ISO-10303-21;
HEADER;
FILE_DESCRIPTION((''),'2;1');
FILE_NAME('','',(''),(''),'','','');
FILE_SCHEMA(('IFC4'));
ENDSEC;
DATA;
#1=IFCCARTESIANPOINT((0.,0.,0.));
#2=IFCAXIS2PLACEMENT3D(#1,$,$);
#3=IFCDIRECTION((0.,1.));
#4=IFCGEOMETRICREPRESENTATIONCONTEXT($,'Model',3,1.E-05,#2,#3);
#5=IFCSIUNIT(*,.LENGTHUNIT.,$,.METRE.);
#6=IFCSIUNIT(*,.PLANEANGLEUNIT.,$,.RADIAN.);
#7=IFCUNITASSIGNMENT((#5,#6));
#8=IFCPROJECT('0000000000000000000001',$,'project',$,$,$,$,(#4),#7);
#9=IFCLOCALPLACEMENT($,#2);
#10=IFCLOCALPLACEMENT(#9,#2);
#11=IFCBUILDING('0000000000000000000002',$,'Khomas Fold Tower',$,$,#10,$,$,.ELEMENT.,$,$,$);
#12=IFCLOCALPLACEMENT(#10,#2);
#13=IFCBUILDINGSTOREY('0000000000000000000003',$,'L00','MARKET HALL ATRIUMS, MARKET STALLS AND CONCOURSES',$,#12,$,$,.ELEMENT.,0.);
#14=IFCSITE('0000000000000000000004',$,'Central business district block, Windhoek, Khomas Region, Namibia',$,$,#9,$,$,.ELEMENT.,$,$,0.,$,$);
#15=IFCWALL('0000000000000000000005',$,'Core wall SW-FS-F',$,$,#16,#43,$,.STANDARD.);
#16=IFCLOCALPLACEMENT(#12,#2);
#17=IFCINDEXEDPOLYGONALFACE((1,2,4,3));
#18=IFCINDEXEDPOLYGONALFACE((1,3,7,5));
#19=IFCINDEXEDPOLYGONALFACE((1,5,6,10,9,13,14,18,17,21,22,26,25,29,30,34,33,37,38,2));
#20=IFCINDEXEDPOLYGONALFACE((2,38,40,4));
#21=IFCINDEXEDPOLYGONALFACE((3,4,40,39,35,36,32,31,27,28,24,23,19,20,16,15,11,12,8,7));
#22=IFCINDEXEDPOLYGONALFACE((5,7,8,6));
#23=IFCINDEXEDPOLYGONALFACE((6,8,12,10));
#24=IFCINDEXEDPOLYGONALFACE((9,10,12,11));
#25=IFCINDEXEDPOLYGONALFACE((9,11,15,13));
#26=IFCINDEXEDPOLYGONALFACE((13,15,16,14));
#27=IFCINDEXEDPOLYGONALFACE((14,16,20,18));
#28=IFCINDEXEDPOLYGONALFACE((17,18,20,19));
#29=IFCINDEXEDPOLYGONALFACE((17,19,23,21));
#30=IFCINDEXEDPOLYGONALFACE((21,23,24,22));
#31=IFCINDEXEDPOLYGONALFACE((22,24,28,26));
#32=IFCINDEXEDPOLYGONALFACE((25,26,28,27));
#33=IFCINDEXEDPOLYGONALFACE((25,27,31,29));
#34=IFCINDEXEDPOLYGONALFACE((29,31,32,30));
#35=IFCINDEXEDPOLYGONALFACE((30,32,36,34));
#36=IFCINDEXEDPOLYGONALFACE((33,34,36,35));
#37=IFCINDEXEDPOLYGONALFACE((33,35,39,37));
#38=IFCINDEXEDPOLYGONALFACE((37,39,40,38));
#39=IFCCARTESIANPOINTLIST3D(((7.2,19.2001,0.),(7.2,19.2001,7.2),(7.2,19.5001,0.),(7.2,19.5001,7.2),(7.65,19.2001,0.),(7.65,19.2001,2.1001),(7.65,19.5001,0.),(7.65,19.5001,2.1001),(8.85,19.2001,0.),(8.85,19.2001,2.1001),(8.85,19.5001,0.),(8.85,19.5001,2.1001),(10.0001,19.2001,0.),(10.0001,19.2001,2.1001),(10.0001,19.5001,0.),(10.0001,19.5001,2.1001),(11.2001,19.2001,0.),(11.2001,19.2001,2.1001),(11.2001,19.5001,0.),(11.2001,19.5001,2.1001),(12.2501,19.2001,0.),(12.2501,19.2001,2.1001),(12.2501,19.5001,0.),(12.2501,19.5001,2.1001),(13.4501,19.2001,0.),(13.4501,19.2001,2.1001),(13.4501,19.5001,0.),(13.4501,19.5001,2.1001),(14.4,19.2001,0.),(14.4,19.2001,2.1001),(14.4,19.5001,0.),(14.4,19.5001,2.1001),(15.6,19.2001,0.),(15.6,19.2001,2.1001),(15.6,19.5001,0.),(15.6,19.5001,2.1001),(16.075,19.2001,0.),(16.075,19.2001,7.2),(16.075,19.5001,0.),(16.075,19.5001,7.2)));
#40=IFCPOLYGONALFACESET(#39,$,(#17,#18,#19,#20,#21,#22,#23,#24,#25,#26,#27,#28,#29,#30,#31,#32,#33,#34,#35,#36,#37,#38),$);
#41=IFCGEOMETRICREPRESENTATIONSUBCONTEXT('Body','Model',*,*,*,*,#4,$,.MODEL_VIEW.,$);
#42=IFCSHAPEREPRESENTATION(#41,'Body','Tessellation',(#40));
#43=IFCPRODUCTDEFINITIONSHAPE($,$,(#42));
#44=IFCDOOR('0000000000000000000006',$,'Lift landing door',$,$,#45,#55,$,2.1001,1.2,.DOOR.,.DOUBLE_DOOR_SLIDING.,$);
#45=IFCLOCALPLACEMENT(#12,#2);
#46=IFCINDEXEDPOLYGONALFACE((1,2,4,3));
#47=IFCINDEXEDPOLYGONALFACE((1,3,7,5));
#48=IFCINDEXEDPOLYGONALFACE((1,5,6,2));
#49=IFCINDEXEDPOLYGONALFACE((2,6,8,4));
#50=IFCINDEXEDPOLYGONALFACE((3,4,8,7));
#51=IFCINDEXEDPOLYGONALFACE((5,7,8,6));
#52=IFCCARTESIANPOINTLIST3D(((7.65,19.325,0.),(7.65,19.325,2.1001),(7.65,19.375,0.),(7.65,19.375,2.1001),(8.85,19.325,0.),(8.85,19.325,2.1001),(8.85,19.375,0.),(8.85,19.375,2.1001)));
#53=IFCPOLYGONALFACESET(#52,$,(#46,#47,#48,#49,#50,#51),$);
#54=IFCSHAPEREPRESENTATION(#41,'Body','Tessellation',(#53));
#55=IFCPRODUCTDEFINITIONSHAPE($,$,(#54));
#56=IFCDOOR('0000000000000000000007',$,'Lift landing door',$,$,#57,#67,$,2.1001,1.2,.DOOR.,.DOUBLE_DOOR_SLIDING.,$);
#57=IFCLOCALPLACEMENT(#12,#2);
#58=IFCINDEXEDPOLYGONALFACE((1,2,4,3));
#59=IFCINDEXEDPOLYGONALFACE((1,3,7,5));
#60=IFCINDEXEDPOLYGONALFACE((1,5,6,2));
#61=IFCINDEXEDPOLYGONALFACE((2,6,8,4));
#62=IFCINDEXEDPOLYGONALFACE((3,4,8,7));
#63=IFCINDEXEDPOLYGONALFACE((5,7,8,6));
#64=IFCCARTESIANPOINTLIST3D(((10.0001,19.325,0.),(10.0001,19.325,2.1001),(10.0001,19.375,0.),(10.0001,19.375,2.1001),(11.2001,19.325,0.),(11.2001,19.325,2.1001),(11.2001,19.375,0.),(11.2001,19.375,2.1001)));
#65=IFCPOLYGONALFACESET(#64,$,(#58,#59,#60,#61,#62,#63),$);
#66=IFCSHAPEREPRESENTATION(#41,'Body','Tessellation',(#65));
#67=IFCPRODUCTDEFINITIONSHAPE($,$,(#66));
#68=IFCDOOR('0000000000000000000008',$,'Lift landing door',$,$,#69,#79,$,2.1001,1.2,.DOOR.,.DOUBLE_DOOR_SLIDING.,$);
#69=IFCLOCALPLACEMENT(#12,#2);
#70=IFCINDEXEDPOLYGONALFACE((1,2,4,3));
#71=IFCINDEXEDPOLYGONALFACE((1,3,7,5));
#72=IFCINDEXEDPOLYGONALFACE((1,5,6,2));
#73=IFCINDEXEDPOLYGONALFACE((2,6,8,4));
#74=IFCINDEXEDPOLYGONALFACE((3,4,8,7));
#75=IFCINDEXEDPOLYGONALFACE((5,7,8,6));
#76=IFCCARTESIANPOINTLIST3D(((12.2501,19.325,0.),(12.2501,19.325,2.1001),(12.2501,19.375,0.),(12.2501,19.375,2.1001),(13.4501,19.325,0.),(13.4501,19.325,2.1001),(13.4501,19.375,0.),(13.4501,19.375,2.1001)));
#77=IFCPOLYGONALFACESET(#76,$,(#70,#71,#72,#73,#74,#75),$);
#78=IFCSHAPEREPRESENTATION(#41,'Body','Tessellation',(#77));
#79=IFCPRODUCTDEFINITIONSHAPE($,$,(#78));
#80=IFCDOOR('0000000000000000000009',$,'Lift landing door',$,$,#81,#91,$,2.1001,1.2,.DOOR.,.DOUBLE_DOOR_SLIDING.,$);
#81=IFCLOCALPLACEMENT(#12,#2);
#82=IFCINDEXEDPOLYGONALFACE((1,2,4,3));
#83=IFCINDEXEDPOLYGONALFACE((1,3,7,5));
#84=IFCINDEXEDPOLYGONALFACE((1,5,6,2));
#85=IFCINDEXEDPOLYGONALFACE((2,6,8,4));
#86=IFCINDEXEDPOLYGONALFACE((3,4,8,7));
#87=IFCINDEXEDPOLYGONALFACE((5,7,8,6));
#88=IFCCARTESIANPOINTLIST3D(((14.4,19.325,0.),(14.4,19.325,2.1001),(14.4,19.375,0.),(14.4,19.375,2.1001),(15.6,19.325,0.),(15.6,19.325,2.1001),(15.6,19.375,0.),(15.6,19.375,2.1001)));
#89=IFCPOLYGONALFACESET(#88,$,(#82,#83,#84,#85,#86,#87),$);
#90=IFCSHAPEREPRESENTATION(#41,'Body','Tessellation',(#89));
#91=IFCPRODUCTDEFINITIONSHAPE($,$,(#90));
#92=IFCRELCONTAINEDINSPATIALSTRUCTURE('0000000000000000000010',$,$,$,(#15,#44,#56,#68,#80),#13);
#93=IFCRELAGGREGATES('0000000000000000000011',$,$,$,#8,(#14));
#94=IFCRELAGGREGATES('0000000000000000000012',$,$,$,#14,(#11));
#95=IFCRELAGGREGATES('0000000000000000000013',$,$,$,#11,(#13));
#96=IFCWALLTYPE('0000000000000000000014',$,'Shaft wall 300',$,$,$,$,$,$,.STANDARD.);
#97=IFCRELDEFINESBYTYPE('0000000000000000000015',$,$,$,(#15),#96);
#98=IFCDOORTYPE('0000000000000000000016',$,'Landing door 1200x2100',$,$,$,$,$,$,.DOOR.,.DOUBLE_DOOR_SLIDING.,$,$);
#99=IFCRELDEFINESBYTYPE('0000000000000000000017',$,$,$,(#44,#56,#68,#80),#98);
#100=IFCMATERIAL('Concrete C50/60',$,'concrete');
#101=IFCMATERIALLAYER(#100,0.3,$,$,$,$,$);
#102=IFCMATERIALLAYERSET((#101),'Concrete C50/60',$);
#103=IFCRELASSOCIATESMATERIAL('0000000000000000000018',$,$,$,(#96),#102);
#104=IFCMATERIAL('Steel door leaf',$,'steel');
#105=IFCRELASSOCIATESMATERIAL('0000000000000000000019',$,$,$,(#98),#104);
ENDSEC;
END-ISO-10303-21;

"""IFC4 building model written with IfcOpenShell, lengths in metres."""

from ifc_helpers import new_model, si_unit, direction, frame, frame_2d, origin, place, context, subcontext, project, spatial, rectangle, extrude, source, transform, mapped, material, layer, layer_set, type_object, element, fill, save


model = new_model("IFC4")

# Units and contexts
model_context = context("Model", 3, precision=1e-05, world=origin(), true_north=direction((0.0, 1.0)))
body_context = subcontext(model_context, "Body", "Model", "MODEL_VIEW")
ifc_project = project(units=[si_unit("LENGTHUNIT", "METRE"), si_unit("PLANEANGLEUNIT", "RADIAN")], contexts=[model_context])

# Site, building, storey
site_placement = place(None, origin())
site = spatial("IfcSite", under=ifc_project, at=site_placement, Name="Central business district block, Windhoek, Khomas Region, Namibia", CompositionType="ELEMENT", RefElevation=0.0)
building_placement = place(site_placement, origin())
building = spatial("IfcBuilding", under=site, at=building_placement, Name="Khomas Fold Tower", CompositionType="ELEMENT")
storey_placement = place(building_placement, origin())
storey = spatial("IfcBuildingStorey", under=building, at=storey_placement, Name="L00", Description="MARKET HALL ATRIUMS, MARKET STALLS AND CONCOURSES", CompositionType="ELEMENT", Elevation=0.0)

# Wall, openings, doors
ifc_material_1 = material(Name="Concrete C50/60", Category="concrete")
ifc_layer_1 = layer(ifc_material_1, 0.3)
ifc_layer_set_1 = layer_set([ifc_layer_1], Name="Concrete C50/60")
wall_type_1 = type_object("IfcWallType", Name="Shaft wall 300", PredefinedType="STANDARD", material=ifc_layer_set_1)
shared_shape_1 = source(origin(), body_context, "Body", "SweptSolid", [
    extrude(rectangle(XDim=8.875, YDim=0.3, at=frame_2d((4.4375, 0.0))), origin(), (0.0, 0.0, 1.0), 7.2),
])
wall_1_placement = place(storey_placement, frame((7.2, 19.3501, 0.0), z_axis=(0.0, 0.0, 1.0), x_axis=(1.0, 0.0, 0.0)))
wall_1 = element("IfcWall", 1, at=wall_1_placement, inside=storey, type_object=wall_type_1, Name="Core wall SW-FS-F", PredefinedType="STANDARD", context=body_context, shape_type="MappedRepresentation", body=[
    mapped(shared_shape_1, transform((0.0, 0.0, 0.0))),
])
shared_shape_2 = source(origin(), body_context, "Body", "SweptSolid", [
    extrude(rectangle(XDim=1.2, YDim=2.1001, at=frame_2d((0.6001, 1.05))), frame((0.0, 0.1599, 0.0), z_axis=(0.0, -1.0, 0.0), x_axis=(1.0, 0.0, 0.0)), (0.0, 0.0, 1.0), 0.3201),
])
opening_1_placement = place(wall_1_placement, frame((0.45, 0.0, 0.0)))
opening_1 = element("IfcOpeningElement", 2, at=opening_1_placement, cuts=wall_1, PredefinedType="OPENING", context=body_context, shape_type="MappedRepresentation", body=[
    mapped(shared_shape_2, transform((0.0, 0.0, 0.0))),
])
opening_2_placement = place(wall_1_placement, frame((2.8, 0.0, 0.0)))
opening_2 = element("IfcOpeningElement", 3, at=opening_2_placement, cuts=wall_1, PredefinedType="OPENING", context=body_context, shape_type="MappedRepresentation", body=[
    mapped(shared_shape_2, transform((0.0, 0.0, 0.0))),
])
opening_3_placement = place(wall_1_placement, frame((5.05, 0.0, 0.0)))
opening_3 = element("IfcOpeningElement", 4, at=opening_3_placement, cuts=wall_1, PredefinedType="OPENING", context=body_context, shape_type="MappedRepresentation", body=[
    mapped(shared_shape_2, transform((0.0, 0.0, 0.0))),
])
opening_4_placement = place(wall_1_placement, frame((7.2, 0.0, 0.0)))
opening_4 = element("IfcOpeningElement", 5, at=opening_4_placement, cuts=wall_1, PredefinedType="OPENING", context=body_context, shape_type="MappedRepresentation", body=[
    mapped(shared_shape_2, transform((0.0, 0.0, 0.0))),
])
ifc_material_2 = material(Name="Steel door leaf", Category="steel")
door_type_1 = type_object("IfcDoorType", Name="Landing door 1200x2100", OperationType="DOUBLE_DOOR_SLIDING", PredefinedType="DOOR", material=ifc_material_2)
shared_shape_3 = source(origin(), body_context, "Body", "SweptSolid", [
    extrude(rectangle(XDim=1.2, YDim=2.1001, at=frame_2d((0.6001, 1.05))), frame((0.0, 0.0249, 0.0), z_axis=(0.0, -1.0, 0.0), x_axis=(1.0, 0.0, 0.0)), (0.0, 0.0, 1.0), 0.05),
])
door_1_placement = place(opening_1_placement, origin())
door_1 = element("IfcDoor", 6, at=door_1_placement, inside=storey, type_object=door_type_1, Name="Lift landing door", OperationType="DOUBLE_DOOR_SLIDING", OverallHeight=2.1001, OverallWidth=1.2, PredefinedType="DOOR", context=body_context, shape_type="MappedRepresentation", body=[
    mapped(shared_shape_3, transform((0.0, 0.0, 0.0))),
])
fill(opening_1, door_1)
door_2_placement = place(opening_2_placement, origin())
door_2 = element("IfcDoor", 7, at=door_2_placement, inside=storey, type_object=door_type_1, Name="Lift landing door", OperationType="DOUBLE_DOOR_SLIDING", OverallHeight=2.1001, OverallWidth=1.2, PredefinedType="DOOR", context=body_context, shape_type="MappedRepresentation", body=[
    mapped(shared_shape_3, transform((0.0, 0.0, 0.0))),
])
fill(opening_2, door_2)
door_3_placement = place(opening_3_placement, origin())
door_3 = element("IfcDoor", 8, at=door_3_placement, inside=storey, type_object=door_type_1, Name="Lift landing door", OperationType="DOUBLE_DOOR_SLIDING", OverallHeight=2.1001, OverallWidth=1.2, PredefinedType="DOOR", context=body_context, shape_type="MappedRepresentation", body=[
    mapped(shared_shape_3, transform((0.0, 0.0, 0.0))),
])
fill(opening_3, door_3)
door_4_placement = place(opening_4_placement, origin())
door_4 = element("IfcDoor", 9, at=door_4_placement, inside=storey, type_object=door_type_1, Name="Lift landing door", OperationType="DOUBLE_DOOR_SLIDING", OverallHeight=2.1001, OverallWidth=1.2, PredefinedType="DOOR", context=body_context, shape_type="MappedRepresentation", body=[
    mapped(shared_shape_3, transform((0.0, 0.0, 0.0))),
])
fill(opening_4, door_4)

save(model, "model.ifc")
